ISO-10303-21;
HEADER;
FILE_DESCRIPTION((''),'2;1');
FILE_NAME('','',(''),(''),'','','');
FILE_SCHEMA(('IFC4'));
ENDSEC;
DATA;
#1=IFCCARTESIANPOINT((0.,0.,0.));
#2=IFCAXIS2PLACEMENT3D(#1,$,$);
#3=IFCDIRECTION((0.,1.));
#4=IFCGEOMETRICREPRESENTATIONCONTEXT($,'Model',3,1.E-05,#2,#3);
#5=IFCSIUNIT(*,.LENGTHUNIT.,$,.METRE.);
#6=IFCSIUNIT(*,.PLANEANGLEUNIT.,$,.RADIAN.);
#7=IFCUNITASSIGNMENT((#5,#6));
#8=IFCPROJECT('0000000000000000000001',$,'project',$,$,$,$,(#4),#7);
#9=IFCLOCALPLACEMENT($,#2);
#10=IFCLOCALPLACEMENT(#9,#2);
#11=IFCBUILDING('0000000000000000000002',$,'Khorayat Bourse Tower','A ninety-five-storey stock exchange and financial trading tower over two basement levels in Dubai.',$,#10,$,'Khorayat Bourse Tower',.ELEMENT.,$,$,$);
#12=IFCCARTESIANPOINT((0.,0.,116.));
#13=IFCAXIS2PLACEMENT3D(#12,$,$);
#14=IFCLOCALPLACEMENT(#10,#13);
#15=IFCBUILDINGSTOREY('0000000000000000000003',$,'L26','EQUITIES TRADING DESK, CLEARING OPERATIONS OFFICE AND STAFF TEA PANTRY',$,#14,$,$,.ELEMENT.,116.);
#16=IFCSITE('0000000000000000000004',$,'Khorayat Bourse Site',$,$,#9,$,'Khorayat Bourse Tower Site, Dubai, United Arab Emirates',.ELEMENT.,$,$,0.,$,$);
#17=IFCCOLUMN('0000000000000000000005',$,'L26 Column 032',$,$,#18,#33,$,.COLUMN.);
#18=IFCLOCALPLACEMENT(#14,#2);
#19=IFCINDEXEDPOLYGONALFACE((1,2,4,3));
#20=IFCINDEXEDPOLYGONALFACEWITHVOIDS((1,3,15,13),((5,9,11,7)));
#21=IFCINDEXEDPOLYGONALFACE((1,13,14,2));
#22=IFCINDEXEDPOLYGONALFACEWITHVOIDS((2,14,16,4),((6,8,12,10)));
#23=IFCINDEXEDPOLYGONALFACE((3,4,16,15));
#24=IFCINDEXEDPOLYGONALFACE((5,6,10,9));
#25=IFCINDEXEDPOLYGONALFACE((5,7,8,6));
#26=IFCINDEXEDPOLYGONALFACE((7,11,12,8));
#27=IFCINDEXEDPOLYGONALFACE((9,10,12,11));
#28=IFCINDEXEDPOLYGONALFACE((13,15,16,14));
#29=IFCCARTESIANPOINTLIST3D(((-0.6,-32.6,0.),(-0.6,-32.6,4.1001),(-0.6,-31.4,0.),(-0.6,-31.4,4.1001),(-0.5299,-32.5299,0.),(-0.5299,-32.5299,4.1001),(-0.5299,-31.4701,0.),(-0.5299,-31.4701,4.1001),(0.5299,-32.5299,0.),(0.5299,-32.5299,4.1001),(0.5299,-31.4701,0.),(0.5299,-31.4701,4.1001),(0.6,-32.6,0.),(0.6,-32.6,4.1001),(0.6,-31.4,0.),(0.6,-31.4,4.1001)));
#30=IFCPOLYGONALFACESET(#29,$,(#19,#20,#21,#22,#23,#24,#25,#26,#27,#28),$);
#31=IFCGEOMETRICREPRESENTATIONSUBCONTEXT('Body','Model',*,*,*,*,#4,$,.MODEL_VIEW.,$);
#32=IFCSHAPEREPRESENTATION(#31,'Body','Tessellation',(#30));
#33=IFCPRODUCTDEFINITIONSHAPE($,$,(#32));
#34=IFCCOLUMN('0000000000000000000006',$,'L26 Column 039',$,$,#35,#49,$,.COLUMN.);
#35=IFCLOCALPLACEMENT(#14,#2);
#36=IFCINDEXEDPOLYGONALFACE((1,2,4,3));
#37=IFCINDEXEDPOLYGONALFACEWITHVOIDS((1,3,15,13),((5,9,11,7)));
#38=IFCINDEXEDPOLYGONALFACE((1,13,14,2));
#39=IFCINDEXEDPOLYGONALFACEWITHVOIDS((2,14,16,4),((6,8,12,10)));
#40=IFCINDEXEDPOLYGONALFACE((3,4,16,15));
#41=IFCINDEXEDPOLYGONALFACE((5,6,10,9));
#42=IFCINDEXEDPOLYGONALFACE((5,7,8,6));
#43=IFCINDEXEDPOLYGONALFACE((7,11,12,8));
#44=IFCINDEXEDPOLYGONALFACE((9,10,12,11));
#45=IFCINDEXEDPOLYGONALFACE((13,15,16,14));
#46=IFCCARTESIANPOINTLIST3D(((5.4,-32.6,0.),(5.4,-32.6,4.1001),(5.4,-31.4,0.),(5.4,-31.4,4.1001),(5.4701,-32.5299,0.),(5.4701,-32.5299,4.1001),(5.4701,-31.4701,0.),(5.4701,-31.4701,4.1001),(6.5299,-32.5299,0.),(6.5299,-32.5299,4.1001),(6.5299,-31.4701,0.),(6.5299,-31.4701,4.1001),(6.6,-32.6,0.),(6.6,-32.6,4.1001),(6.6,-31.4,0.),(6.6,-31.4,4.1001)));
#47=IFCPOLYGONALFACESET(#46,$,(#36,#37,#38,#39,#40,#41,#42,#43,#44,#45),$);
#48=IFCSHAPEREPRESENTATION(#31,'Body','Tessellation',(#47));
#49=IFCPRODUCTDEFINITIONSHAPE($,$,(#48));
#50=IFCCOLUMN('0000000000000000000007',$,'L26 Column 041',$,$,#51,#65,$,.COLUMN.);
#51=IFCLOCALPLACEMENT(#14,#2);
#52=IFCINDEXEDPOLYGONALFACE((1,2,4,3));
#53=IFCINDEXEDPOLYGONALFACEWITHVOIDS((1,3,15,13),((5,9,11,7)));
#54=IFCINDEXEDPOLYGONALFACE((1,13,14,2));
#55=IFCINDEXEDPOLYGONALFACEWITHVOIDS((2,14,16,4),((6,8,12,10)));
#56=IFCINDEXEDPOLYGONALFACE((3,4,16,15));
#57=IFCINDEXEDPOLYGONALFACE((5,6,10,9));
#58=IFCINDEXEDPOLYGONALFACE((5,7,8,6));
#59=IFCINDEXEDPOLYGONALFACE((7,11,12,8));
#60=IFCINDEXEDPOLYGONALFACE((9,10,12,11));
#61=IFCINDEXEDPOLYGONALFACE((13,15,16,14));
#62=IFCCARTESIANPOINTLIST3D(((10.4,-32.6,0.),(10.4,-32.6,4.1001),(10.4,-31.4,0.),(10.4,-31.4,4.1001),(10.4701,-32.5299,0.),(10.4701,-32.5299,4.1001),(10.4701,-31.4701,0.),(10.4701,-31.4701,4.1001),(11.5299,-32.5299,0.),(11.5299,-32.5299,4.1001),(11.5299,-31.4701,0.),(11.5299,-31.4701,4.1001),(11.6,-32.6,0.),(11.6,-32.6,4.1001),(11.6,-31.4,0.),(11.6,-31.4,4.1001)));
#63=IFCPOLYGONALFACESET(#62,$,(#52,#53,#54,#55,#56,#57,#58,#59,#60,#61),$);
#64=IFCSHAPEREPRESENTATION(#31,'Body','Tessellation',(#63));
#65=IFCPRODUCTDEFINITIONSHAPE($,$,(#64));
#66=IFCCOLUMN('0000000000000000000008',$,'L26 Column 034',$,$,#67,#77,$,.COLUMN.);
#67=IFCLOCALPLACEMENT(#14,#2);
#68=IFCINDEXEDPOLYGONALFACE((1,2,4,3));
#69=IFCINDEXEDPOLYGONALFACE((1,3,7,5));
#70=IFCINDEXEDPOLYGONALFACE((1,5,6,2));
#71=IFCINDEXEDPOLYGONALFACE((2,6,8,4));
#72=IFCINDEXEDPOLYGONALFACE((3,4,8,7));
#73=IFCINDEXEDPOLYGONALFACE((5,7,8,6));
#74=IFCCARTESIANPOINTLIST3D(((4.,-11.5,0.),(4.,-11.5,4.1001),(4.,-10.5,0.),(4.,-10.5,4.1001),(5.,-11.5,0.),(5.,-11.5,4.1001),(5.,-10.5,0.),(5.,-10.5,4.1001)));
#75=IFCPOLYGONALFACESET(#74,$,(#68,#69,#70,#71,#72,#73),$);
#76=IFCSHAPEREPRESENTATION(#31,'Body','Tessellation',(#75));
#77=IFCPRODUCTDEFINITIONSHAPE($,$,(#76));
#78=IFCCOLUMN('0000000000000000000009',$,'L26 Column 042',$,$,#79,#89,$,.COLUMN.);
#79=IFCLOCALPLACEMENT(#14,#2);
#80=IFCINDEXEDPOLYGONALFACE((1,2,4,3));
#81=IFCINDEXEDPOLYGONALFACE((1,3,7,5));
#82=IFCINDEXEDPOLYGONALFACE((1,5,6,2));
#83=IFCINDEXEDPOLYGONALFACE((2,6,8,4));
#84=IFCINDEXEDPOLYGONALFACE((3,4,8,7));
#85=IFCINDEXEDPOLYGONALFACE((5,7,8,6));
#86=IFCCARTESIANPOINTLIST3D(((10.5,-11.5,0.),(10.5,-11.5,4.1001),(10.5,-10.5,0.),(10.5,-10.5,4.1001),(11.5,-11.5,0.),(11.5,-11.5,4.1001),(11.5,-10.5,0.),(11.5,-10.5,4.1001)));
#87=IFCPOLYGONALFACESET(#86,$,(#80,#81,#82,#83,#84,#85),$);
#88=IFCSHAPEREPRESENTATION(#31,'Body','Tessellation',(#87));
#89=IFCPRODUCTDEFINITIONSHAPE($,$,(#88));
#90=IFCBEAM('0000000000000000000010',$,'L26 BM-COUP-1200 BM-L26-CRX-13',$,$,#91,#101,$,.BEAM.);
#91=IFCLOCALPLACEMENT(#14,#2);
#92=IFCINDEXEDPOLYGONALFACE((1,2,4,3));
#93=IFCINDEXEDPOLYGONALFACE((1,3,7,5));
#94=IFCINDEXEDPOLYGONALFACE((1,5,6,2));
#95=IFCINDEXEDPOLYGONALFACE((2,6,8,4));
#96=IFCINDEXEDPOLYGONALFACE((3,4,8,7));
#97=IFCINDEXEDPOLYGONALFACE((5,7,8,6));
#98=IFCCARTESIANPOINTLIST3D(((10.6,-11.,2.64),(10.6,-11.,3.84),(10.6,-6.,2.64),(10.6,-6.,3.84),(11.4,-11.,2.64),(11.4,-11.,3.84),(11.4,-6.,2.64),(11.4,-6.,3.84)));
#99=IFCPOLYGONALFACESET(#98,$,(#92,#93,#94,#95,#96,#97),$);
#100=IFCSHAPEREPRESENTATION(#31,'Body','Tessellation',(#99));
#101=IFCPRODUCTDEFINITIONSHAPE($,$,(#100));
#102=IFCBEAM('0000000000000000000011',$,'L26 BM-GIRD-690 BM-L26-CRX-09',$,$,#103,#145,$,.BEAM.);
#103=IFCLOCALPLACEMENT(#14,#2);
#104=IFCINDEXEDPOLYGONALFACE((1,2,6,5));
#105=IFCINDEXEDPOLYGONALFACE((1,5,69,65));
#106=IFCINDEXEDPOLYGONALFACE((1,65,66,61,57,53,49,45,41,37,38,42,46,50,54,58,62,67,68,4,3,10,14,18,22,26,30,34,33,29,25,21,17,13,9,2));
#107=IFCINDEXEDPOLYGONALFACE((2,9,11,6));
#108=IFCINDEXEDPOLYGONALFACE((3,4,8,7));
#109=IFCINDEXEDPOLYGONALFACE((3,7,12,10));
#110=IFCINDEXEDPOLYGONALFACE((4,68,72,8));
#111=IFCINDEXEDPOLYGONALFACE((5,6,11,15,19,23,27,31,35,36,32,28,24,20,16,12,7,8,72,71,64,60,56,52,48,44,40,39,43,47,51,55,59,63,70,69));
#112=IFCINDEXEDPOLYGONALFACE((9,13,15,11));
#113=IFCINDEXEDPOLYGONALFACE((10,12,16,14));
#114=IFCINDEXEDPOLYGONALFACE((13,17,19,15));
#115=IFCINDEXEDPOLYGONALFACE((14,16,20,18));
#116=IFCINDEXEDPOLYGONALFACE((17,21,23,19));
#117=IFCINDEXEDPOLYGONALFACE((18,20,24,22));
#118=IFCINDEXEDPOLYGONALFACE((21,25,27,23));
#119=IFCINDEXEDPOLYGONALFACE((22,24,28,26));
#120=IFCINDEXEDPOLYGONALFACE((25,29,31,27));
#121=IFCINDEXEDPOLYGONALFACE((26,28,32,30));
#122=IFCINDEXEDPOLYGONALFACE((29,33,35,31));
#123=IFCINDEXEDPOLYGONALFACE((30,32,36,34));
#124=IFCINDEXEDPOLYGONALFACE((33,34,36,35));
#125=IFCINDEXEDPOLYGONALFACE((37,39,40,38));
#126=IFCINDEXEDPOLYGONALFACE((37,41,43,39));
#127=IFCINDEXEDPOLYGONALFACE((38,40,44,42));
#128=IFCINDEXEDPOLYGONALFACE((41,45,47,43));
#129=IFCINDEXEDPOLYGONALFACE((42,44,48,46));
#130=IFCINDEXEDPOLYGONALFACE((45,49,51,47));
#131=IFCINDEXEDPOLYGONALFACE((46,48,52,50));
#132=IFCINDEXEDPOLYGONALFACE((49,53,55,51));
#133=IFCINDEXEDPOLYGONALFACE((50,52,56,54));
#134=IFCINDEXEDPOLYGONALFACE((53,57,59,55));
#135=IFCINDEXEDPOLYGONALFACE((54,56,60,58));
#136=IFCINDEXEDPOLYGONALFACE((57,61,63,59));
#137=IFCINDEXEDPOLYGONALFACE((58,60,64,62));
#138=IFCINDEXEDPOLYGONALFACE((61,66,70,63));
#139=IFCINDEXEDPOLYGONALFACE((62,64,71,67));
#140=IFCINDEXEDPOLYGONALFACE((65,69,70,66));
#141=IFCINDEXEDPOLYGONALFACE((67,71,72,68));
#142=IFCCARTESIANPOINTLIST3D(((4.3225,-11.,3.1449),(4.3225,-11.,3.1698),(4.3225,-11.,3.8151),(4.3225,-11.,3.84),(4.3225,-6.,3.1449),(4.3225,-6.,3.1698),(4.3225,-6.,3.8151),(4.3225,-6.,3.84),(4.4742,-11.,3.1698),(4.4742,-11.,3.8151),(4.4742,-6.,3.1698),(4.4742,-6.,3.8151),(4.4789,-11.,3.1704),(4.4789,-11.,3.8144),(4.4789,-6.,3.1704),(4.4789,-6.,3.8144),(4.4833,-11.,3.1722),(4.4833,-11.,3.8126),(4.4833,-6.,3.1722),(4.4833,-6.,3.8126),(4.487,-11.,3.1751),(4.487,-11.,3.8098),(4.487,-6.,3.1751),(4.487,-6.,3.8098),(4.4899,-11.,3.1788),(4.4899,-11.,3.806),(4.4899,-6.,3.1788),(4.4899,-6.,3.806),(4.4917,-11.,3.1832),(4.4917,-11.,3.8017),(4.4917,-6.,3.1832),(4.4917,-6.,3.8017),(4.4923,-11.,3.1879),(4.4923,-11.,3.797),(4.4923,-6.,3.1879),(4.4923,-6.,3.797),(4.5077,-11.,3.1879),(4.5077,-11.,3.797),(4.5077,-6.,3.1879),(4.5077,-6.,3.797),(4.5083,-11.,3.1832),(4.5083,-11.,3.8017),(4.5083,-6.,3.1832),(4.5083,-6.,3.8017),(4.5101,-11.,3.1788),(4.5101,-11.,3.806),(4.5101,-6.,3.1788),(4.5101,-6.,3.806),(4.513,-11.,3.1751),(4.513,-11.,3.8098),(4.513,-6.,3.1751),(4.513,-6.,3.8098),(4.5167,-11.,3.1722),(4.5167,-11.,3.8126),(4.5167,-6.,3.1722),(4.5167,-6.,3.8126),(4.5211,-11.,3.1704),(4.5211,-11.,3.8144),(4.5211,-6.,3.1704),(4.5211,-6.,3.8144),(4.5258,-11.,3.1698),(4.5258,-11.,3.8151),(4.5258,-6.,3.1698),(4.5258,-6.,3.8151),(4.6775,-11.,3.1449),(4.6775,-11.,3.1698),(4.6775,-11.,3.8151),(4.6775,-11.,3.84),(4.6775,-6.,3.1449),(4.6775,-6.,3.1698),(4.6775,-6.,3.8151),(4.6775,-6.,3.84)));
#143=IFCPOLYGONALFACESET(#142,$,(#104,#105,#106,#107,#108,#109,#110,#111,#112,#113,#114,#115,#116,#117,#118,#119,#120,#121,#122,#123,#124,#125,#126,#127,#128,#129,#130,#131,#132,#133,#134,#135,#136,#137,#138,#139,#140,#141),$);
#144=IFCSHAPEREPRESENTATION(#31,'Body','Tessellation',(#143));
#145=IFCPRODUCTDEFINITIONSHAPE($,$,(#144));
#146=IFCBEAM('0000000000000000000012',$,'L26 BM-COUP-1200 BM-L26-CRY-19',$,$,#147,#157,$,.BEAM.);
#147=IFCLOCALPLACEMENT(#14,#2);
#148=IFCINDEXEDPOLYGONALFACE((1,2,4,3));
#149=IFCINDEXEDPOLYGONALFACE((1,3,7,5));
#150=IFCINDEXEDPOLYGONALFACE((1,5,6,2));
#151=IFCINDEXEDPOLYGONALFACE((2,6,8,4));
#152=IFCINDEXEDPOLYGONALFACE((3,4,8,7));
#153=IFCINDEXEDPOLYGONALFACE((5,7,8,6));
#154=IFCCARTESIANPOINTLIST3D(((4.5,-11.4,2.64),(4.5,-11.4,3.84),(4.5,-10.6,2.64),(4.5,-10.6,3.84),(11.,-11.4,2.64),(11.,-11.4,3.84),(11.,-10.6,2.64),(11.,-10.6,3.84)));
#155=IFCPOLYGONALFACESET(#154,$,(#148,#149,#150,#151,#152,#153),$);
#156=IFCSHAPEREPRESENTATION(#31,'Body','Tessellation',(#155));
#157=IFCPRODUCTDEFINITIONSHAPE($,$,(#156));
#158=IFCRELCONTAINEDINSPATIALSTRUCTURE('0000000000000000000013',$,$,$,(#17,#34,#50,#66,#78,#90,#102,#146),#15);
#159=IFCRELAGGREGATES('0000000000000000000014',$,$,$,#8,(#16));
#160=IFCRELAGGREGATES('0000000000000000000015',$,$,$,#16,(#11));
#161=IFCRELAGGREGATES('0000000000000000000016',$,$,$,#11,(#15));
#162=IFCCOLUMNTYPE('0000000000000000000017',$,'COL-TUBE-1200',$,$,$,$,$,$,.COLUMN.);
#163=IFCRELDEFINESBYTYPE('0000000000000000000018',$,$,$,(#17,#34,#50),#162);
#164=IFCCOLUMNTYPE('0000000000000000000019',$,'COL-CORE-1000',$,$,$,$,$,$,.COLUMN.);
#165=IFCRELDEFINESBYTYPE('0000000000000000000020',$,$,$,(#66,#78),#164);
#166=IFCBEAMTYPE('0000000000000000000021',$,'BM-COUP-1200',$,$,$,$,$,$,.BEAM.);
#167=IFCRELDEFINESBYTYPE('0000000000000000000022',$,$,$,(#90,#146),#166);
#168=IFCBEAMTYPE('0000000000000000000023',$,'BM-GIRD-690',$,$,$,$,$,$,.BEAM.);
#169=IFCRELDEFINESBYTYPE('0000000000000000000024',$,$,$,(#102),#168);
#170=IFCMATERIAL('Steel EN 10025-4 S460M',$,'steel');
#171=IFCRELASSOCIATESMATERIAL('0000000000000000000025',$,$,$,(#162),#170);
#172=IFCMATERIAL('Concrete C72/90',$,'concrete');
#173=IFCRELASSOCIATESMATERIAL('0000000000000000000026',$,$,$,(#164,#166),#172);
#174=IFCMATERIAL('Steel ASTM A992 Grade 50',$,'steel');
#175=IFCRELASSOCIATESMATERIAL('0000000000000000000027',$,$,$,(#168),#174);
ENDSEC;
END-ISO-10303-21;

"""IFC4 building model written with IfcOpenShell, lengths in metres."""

from ifc_helpers import new_model, si_unit, direction, frame, origin, origin_2d, place, context, subcontext, project, spatial, rectangle, hollow_rectangle, i_section, extrude, source, transform, mapped, material, material_profile, profile_set, type_object, element, save


model = new_model("IFC4")

# Units and contexts
model_context = context("Model", 3, precision=1e-05, world=origin(), true_north=direction((0.0, 1.0)))
body_context = subcontext(model_context, "Body", "Model", "MODEL_VIEW")
ifc_project = project(units=[si_unit("LENGTHUNIT", "METRE"), si_unit("PLANEANGLEUNIT", "RADIAN")], contexts=[model_context])

# Site, building, storey
site_placement = place(None, origin())
site = spatial("IfcSite", under=ifc_project, at=site_placement, Name="Khorayat Bourse Site", LongName="Khorayat Bourse Tower Site, Dubai, United Arab Emirates", CompositionType="ELEMENT", RefElevation=0.0)
building_placement = place(site_placement, origin())
building = spatial("IfcBuilding", under=site, at=building_placement, Name="Khorayat Bourse Tower", Description="A ninety-five-storey stock exchange and financial trading tower over two basement levels in Dubai.", LongName="Khorayat Bourse Tower", CompositionType="ELEMENT")
storey_placement = place(building_placement, frame((0.0, 0.0, 116.0)))
storey = spatial("IfcBuildingStorey", under=building, at=storey_placement, Name="L26", Description="EQUITIES TRADING DESK, CLEARING OPERATIONS OFFICE AND STAFF TEA PANTRY", CompositionType="ELEMENT", Elevation=116.0)

# Columns
ifc_material_1 = material(Name="Steel EN 10025-4 S460M", Category="steel")
ifc_material_profile_1 = material_profile(ifc_material_1, hollow_rectangle(XDim=1.2, YDim=1.2, WallThickness=0.0701, at=origin_2d()), Name="BOX 1200x1200x70")
ifc_profile_set_1 = profile_set([ifc_material_profile_1], Name="Steel EN 10025-4 S460M")
column_type_1 = type_object("IfcColumnType", Name="COL-TUBE-1200", PredefinedType="COLUMN", material=ifc_profile_set_1)
shared_shape_1 = source(origin(), body_context, "Body", "SweptSolid", [
    extrude(hollow_rectangle(XDim=1.2, YDim=1.2, WallThickness=0.0701, at=origin_2d()), origin(), (0.0, 0.0, 1.0), 4.1001),
])
for number, where, z_axis, x_axis, name in (
    (1, (0.0, -32.0, 0.0), (0.0, 0.0, 1.0), (1.0, 0.0, 0.0), "L26 Column 032"),
    (2, (6.0, -32.0, 0.0), (0.0, 0.0, 1.0), (1.0, 0.0, 0.0), "L26 Column 039"),
    (3, (11.0, -32.0, 0.0), (0.0, 0.0, 1.0), (1.0, 0.0, 0.0), "L26 Column 041"),
):
    element("IfcColumn", number, at=place(storey_placement, frame(where, z_axis=z_axis, x_axis=x_axis)), inside=storey, type_object=column_type_1, Name=name, PredefinedType="COLUMN", context=body_context, shape_type="MappedRepresentation", body=[
        mapped(shared_shape_1, transform((0.0, 0.0, 0.0), scale=1.0)),
    ])
ifc_material_2 = material(Name="Concrete C72/90", Category="concrete")
ifc_material_profile_2 = material_profile(ifc_material_2, rectangle(XDim=1.0, YDim=1.0, at=origin_2d()), Name="RC 1000x1000")
ifc_profile_set_2 = profile_set([ifc_material_profile_2], Name="Concrete C72/90")
column_type_2 = type_object("IfcColumnType", Name="COL-CORE-1000", PredefinedType="COLUMN", material=ifc_profile_set_2)
shared_shape_2 = source(origin(), body_context, "Body", "SweptSolid", [
    extrude(rectangle(XDim=1.0, YDim=1.0, at=origin_2d()), origin(), (0.0, 0.0, 1.0), 4.1001),
])
for number, where, z_axis, x_axis, name in (
    (4, (4.5, -11.0, 0.0), (0.0, 0.0, 1.0), (1.0, 0.0, 0.0), "L26 Column 034"),
    (5, (11.0, -11.0, 0.0), (0.0, 0.0, 1.0), (1.0, 0.0, 0.0), "L26 Column 042"),
):
    element("IfcColumn", number, at=place(storey_placement, frame(where, z_axis=z_axis, x_axis=x_axis)), inside=storey, type_object=column_type_2, Name=name, PredefinedType="COLUMN", context=body_context, shape_type="MappedRepresentation", body=[
        mapped(shared_shape_2, transform((0.0, 0.0, 0.0), scale=1.0)),
    ])

# Beams
ifc_material_profile_3 = material_profile(ifc_material_2, rectangle(XDim=0.8, YDim=1.2, at=origin_2d()), Name="RC 800x1200")
ifc_profile_set_3 = profile_set([ifc_material_profile_3], Name="Concrete C72/90")
beam_type_1 = type_object("IfcBeamType", Name="BM-COUP-1200", PredefinedType="BEAM", material=ifc_profile_set_3)
shared_shape_3 = source(origin(), body_context, "Body", "SweptSolid", [
    extrude(rectangle(XDim=0.8, YDim=1.2, at=origin_2d()), origin(), (0.0, 0.0, 1.0), 5.0),
])
beam_1_placement = place(storey_placement, frame((11.0, -11.0, 3.24), z_axis=(0.0, 1.0, 0.0), x_axis=(-1.0, 0.0, 0.0)))
element("IfcBeam", 6, at=beam_1_placement, inside=storey, type_object=beam_type_1, Name="L26 BM-COUP-1200 BM-L26-CRX-13", PredefinedType="BEAM", context=body_context, shape_type="MappedRepresentation", body=[
    mapped(shared_shape_3, transform((0.0, 0.0, 0.0), scale=1.0)),
])
ifc_material_3 = material(Name="Steel ASTM A992 Grade 50", Category="steel")
ifc_material_profile_4 = material_profile(ifc_material_3, i_section(OverallWidth=0.355, OverallDepth=0.6951, WebThickness=0.0154, FlangeThickness=0.0249, FilletRadius=0.0181, at=origin_2d()), Name="W690X217")
ifc_profile_set_4 = profile_set([ifc_material_profile_4], Name="Steel ASTM A992 Grade 50")
beam_type_2 = type_object("IfcBeamType", Name="BM-GIRD-690", PredefinedType="BEAM", material=ifc_profile_set_4)
shared_shape_4 = source(origin(), body_context, "Body", "SweptSolid", [
    extrude(i_section(OverallWidth=0.355, OverallDepth=0.6951, WebThickness=0.0154, FlangeThickness=0.0249, FilletRadius=0.0181, at=origin_2d()), origin(), (0.0, 0.0, 1.0), 5.0),
])
beam_2_placement = place(storey_placement, frame((4.5, -11.0, 3.4924), z_axis=(0.0, 1.0, 0.0), x_axis=(-1.0, 0.0, 0.0)))
element("IfcBeam", 7, at=beam_2_placement, inside=storey, type_object=beam_type_2, Name="L26 BM-GIRD-690 BM-L26-CRX-09", PredefinedType="BEAM", context=body_context, shape_type="MappedRepresentation", body=[
    mapped(shared_shape_4, transform((0.0, 0.0, 0.0), scale=1.0)),
])
shared_shape_5 = source(origin(), body_context, "Body", "SweptSolid", [
    extrude(rectangle(XDim=0.8, YDim=1.2, at=origin_2d()), origin(), (0.0, 0.0, 1.0), 6.5),
])
beam_3_placement = place(storey_placement, frame((4.5, -11.0, 3.24), z_axis=(1.0, 0.0, 0.0), x_axis=(0.0, 1.0, 0.0)))
element("IfcBeam", 8, at=beam_3_placement, inside=storey, type_object=beam_type_1, Name="L26 BM-COUP-1200 BM-L26-CRY-19", PredefinedType="BEAM", context=body_context, shape_type="MappedRepresentation", body=[
    mapped(shared_shape_5, transform((0.0, 0.0, 0.0), scale=1.0)),
])

save(model, "model.ifc")
